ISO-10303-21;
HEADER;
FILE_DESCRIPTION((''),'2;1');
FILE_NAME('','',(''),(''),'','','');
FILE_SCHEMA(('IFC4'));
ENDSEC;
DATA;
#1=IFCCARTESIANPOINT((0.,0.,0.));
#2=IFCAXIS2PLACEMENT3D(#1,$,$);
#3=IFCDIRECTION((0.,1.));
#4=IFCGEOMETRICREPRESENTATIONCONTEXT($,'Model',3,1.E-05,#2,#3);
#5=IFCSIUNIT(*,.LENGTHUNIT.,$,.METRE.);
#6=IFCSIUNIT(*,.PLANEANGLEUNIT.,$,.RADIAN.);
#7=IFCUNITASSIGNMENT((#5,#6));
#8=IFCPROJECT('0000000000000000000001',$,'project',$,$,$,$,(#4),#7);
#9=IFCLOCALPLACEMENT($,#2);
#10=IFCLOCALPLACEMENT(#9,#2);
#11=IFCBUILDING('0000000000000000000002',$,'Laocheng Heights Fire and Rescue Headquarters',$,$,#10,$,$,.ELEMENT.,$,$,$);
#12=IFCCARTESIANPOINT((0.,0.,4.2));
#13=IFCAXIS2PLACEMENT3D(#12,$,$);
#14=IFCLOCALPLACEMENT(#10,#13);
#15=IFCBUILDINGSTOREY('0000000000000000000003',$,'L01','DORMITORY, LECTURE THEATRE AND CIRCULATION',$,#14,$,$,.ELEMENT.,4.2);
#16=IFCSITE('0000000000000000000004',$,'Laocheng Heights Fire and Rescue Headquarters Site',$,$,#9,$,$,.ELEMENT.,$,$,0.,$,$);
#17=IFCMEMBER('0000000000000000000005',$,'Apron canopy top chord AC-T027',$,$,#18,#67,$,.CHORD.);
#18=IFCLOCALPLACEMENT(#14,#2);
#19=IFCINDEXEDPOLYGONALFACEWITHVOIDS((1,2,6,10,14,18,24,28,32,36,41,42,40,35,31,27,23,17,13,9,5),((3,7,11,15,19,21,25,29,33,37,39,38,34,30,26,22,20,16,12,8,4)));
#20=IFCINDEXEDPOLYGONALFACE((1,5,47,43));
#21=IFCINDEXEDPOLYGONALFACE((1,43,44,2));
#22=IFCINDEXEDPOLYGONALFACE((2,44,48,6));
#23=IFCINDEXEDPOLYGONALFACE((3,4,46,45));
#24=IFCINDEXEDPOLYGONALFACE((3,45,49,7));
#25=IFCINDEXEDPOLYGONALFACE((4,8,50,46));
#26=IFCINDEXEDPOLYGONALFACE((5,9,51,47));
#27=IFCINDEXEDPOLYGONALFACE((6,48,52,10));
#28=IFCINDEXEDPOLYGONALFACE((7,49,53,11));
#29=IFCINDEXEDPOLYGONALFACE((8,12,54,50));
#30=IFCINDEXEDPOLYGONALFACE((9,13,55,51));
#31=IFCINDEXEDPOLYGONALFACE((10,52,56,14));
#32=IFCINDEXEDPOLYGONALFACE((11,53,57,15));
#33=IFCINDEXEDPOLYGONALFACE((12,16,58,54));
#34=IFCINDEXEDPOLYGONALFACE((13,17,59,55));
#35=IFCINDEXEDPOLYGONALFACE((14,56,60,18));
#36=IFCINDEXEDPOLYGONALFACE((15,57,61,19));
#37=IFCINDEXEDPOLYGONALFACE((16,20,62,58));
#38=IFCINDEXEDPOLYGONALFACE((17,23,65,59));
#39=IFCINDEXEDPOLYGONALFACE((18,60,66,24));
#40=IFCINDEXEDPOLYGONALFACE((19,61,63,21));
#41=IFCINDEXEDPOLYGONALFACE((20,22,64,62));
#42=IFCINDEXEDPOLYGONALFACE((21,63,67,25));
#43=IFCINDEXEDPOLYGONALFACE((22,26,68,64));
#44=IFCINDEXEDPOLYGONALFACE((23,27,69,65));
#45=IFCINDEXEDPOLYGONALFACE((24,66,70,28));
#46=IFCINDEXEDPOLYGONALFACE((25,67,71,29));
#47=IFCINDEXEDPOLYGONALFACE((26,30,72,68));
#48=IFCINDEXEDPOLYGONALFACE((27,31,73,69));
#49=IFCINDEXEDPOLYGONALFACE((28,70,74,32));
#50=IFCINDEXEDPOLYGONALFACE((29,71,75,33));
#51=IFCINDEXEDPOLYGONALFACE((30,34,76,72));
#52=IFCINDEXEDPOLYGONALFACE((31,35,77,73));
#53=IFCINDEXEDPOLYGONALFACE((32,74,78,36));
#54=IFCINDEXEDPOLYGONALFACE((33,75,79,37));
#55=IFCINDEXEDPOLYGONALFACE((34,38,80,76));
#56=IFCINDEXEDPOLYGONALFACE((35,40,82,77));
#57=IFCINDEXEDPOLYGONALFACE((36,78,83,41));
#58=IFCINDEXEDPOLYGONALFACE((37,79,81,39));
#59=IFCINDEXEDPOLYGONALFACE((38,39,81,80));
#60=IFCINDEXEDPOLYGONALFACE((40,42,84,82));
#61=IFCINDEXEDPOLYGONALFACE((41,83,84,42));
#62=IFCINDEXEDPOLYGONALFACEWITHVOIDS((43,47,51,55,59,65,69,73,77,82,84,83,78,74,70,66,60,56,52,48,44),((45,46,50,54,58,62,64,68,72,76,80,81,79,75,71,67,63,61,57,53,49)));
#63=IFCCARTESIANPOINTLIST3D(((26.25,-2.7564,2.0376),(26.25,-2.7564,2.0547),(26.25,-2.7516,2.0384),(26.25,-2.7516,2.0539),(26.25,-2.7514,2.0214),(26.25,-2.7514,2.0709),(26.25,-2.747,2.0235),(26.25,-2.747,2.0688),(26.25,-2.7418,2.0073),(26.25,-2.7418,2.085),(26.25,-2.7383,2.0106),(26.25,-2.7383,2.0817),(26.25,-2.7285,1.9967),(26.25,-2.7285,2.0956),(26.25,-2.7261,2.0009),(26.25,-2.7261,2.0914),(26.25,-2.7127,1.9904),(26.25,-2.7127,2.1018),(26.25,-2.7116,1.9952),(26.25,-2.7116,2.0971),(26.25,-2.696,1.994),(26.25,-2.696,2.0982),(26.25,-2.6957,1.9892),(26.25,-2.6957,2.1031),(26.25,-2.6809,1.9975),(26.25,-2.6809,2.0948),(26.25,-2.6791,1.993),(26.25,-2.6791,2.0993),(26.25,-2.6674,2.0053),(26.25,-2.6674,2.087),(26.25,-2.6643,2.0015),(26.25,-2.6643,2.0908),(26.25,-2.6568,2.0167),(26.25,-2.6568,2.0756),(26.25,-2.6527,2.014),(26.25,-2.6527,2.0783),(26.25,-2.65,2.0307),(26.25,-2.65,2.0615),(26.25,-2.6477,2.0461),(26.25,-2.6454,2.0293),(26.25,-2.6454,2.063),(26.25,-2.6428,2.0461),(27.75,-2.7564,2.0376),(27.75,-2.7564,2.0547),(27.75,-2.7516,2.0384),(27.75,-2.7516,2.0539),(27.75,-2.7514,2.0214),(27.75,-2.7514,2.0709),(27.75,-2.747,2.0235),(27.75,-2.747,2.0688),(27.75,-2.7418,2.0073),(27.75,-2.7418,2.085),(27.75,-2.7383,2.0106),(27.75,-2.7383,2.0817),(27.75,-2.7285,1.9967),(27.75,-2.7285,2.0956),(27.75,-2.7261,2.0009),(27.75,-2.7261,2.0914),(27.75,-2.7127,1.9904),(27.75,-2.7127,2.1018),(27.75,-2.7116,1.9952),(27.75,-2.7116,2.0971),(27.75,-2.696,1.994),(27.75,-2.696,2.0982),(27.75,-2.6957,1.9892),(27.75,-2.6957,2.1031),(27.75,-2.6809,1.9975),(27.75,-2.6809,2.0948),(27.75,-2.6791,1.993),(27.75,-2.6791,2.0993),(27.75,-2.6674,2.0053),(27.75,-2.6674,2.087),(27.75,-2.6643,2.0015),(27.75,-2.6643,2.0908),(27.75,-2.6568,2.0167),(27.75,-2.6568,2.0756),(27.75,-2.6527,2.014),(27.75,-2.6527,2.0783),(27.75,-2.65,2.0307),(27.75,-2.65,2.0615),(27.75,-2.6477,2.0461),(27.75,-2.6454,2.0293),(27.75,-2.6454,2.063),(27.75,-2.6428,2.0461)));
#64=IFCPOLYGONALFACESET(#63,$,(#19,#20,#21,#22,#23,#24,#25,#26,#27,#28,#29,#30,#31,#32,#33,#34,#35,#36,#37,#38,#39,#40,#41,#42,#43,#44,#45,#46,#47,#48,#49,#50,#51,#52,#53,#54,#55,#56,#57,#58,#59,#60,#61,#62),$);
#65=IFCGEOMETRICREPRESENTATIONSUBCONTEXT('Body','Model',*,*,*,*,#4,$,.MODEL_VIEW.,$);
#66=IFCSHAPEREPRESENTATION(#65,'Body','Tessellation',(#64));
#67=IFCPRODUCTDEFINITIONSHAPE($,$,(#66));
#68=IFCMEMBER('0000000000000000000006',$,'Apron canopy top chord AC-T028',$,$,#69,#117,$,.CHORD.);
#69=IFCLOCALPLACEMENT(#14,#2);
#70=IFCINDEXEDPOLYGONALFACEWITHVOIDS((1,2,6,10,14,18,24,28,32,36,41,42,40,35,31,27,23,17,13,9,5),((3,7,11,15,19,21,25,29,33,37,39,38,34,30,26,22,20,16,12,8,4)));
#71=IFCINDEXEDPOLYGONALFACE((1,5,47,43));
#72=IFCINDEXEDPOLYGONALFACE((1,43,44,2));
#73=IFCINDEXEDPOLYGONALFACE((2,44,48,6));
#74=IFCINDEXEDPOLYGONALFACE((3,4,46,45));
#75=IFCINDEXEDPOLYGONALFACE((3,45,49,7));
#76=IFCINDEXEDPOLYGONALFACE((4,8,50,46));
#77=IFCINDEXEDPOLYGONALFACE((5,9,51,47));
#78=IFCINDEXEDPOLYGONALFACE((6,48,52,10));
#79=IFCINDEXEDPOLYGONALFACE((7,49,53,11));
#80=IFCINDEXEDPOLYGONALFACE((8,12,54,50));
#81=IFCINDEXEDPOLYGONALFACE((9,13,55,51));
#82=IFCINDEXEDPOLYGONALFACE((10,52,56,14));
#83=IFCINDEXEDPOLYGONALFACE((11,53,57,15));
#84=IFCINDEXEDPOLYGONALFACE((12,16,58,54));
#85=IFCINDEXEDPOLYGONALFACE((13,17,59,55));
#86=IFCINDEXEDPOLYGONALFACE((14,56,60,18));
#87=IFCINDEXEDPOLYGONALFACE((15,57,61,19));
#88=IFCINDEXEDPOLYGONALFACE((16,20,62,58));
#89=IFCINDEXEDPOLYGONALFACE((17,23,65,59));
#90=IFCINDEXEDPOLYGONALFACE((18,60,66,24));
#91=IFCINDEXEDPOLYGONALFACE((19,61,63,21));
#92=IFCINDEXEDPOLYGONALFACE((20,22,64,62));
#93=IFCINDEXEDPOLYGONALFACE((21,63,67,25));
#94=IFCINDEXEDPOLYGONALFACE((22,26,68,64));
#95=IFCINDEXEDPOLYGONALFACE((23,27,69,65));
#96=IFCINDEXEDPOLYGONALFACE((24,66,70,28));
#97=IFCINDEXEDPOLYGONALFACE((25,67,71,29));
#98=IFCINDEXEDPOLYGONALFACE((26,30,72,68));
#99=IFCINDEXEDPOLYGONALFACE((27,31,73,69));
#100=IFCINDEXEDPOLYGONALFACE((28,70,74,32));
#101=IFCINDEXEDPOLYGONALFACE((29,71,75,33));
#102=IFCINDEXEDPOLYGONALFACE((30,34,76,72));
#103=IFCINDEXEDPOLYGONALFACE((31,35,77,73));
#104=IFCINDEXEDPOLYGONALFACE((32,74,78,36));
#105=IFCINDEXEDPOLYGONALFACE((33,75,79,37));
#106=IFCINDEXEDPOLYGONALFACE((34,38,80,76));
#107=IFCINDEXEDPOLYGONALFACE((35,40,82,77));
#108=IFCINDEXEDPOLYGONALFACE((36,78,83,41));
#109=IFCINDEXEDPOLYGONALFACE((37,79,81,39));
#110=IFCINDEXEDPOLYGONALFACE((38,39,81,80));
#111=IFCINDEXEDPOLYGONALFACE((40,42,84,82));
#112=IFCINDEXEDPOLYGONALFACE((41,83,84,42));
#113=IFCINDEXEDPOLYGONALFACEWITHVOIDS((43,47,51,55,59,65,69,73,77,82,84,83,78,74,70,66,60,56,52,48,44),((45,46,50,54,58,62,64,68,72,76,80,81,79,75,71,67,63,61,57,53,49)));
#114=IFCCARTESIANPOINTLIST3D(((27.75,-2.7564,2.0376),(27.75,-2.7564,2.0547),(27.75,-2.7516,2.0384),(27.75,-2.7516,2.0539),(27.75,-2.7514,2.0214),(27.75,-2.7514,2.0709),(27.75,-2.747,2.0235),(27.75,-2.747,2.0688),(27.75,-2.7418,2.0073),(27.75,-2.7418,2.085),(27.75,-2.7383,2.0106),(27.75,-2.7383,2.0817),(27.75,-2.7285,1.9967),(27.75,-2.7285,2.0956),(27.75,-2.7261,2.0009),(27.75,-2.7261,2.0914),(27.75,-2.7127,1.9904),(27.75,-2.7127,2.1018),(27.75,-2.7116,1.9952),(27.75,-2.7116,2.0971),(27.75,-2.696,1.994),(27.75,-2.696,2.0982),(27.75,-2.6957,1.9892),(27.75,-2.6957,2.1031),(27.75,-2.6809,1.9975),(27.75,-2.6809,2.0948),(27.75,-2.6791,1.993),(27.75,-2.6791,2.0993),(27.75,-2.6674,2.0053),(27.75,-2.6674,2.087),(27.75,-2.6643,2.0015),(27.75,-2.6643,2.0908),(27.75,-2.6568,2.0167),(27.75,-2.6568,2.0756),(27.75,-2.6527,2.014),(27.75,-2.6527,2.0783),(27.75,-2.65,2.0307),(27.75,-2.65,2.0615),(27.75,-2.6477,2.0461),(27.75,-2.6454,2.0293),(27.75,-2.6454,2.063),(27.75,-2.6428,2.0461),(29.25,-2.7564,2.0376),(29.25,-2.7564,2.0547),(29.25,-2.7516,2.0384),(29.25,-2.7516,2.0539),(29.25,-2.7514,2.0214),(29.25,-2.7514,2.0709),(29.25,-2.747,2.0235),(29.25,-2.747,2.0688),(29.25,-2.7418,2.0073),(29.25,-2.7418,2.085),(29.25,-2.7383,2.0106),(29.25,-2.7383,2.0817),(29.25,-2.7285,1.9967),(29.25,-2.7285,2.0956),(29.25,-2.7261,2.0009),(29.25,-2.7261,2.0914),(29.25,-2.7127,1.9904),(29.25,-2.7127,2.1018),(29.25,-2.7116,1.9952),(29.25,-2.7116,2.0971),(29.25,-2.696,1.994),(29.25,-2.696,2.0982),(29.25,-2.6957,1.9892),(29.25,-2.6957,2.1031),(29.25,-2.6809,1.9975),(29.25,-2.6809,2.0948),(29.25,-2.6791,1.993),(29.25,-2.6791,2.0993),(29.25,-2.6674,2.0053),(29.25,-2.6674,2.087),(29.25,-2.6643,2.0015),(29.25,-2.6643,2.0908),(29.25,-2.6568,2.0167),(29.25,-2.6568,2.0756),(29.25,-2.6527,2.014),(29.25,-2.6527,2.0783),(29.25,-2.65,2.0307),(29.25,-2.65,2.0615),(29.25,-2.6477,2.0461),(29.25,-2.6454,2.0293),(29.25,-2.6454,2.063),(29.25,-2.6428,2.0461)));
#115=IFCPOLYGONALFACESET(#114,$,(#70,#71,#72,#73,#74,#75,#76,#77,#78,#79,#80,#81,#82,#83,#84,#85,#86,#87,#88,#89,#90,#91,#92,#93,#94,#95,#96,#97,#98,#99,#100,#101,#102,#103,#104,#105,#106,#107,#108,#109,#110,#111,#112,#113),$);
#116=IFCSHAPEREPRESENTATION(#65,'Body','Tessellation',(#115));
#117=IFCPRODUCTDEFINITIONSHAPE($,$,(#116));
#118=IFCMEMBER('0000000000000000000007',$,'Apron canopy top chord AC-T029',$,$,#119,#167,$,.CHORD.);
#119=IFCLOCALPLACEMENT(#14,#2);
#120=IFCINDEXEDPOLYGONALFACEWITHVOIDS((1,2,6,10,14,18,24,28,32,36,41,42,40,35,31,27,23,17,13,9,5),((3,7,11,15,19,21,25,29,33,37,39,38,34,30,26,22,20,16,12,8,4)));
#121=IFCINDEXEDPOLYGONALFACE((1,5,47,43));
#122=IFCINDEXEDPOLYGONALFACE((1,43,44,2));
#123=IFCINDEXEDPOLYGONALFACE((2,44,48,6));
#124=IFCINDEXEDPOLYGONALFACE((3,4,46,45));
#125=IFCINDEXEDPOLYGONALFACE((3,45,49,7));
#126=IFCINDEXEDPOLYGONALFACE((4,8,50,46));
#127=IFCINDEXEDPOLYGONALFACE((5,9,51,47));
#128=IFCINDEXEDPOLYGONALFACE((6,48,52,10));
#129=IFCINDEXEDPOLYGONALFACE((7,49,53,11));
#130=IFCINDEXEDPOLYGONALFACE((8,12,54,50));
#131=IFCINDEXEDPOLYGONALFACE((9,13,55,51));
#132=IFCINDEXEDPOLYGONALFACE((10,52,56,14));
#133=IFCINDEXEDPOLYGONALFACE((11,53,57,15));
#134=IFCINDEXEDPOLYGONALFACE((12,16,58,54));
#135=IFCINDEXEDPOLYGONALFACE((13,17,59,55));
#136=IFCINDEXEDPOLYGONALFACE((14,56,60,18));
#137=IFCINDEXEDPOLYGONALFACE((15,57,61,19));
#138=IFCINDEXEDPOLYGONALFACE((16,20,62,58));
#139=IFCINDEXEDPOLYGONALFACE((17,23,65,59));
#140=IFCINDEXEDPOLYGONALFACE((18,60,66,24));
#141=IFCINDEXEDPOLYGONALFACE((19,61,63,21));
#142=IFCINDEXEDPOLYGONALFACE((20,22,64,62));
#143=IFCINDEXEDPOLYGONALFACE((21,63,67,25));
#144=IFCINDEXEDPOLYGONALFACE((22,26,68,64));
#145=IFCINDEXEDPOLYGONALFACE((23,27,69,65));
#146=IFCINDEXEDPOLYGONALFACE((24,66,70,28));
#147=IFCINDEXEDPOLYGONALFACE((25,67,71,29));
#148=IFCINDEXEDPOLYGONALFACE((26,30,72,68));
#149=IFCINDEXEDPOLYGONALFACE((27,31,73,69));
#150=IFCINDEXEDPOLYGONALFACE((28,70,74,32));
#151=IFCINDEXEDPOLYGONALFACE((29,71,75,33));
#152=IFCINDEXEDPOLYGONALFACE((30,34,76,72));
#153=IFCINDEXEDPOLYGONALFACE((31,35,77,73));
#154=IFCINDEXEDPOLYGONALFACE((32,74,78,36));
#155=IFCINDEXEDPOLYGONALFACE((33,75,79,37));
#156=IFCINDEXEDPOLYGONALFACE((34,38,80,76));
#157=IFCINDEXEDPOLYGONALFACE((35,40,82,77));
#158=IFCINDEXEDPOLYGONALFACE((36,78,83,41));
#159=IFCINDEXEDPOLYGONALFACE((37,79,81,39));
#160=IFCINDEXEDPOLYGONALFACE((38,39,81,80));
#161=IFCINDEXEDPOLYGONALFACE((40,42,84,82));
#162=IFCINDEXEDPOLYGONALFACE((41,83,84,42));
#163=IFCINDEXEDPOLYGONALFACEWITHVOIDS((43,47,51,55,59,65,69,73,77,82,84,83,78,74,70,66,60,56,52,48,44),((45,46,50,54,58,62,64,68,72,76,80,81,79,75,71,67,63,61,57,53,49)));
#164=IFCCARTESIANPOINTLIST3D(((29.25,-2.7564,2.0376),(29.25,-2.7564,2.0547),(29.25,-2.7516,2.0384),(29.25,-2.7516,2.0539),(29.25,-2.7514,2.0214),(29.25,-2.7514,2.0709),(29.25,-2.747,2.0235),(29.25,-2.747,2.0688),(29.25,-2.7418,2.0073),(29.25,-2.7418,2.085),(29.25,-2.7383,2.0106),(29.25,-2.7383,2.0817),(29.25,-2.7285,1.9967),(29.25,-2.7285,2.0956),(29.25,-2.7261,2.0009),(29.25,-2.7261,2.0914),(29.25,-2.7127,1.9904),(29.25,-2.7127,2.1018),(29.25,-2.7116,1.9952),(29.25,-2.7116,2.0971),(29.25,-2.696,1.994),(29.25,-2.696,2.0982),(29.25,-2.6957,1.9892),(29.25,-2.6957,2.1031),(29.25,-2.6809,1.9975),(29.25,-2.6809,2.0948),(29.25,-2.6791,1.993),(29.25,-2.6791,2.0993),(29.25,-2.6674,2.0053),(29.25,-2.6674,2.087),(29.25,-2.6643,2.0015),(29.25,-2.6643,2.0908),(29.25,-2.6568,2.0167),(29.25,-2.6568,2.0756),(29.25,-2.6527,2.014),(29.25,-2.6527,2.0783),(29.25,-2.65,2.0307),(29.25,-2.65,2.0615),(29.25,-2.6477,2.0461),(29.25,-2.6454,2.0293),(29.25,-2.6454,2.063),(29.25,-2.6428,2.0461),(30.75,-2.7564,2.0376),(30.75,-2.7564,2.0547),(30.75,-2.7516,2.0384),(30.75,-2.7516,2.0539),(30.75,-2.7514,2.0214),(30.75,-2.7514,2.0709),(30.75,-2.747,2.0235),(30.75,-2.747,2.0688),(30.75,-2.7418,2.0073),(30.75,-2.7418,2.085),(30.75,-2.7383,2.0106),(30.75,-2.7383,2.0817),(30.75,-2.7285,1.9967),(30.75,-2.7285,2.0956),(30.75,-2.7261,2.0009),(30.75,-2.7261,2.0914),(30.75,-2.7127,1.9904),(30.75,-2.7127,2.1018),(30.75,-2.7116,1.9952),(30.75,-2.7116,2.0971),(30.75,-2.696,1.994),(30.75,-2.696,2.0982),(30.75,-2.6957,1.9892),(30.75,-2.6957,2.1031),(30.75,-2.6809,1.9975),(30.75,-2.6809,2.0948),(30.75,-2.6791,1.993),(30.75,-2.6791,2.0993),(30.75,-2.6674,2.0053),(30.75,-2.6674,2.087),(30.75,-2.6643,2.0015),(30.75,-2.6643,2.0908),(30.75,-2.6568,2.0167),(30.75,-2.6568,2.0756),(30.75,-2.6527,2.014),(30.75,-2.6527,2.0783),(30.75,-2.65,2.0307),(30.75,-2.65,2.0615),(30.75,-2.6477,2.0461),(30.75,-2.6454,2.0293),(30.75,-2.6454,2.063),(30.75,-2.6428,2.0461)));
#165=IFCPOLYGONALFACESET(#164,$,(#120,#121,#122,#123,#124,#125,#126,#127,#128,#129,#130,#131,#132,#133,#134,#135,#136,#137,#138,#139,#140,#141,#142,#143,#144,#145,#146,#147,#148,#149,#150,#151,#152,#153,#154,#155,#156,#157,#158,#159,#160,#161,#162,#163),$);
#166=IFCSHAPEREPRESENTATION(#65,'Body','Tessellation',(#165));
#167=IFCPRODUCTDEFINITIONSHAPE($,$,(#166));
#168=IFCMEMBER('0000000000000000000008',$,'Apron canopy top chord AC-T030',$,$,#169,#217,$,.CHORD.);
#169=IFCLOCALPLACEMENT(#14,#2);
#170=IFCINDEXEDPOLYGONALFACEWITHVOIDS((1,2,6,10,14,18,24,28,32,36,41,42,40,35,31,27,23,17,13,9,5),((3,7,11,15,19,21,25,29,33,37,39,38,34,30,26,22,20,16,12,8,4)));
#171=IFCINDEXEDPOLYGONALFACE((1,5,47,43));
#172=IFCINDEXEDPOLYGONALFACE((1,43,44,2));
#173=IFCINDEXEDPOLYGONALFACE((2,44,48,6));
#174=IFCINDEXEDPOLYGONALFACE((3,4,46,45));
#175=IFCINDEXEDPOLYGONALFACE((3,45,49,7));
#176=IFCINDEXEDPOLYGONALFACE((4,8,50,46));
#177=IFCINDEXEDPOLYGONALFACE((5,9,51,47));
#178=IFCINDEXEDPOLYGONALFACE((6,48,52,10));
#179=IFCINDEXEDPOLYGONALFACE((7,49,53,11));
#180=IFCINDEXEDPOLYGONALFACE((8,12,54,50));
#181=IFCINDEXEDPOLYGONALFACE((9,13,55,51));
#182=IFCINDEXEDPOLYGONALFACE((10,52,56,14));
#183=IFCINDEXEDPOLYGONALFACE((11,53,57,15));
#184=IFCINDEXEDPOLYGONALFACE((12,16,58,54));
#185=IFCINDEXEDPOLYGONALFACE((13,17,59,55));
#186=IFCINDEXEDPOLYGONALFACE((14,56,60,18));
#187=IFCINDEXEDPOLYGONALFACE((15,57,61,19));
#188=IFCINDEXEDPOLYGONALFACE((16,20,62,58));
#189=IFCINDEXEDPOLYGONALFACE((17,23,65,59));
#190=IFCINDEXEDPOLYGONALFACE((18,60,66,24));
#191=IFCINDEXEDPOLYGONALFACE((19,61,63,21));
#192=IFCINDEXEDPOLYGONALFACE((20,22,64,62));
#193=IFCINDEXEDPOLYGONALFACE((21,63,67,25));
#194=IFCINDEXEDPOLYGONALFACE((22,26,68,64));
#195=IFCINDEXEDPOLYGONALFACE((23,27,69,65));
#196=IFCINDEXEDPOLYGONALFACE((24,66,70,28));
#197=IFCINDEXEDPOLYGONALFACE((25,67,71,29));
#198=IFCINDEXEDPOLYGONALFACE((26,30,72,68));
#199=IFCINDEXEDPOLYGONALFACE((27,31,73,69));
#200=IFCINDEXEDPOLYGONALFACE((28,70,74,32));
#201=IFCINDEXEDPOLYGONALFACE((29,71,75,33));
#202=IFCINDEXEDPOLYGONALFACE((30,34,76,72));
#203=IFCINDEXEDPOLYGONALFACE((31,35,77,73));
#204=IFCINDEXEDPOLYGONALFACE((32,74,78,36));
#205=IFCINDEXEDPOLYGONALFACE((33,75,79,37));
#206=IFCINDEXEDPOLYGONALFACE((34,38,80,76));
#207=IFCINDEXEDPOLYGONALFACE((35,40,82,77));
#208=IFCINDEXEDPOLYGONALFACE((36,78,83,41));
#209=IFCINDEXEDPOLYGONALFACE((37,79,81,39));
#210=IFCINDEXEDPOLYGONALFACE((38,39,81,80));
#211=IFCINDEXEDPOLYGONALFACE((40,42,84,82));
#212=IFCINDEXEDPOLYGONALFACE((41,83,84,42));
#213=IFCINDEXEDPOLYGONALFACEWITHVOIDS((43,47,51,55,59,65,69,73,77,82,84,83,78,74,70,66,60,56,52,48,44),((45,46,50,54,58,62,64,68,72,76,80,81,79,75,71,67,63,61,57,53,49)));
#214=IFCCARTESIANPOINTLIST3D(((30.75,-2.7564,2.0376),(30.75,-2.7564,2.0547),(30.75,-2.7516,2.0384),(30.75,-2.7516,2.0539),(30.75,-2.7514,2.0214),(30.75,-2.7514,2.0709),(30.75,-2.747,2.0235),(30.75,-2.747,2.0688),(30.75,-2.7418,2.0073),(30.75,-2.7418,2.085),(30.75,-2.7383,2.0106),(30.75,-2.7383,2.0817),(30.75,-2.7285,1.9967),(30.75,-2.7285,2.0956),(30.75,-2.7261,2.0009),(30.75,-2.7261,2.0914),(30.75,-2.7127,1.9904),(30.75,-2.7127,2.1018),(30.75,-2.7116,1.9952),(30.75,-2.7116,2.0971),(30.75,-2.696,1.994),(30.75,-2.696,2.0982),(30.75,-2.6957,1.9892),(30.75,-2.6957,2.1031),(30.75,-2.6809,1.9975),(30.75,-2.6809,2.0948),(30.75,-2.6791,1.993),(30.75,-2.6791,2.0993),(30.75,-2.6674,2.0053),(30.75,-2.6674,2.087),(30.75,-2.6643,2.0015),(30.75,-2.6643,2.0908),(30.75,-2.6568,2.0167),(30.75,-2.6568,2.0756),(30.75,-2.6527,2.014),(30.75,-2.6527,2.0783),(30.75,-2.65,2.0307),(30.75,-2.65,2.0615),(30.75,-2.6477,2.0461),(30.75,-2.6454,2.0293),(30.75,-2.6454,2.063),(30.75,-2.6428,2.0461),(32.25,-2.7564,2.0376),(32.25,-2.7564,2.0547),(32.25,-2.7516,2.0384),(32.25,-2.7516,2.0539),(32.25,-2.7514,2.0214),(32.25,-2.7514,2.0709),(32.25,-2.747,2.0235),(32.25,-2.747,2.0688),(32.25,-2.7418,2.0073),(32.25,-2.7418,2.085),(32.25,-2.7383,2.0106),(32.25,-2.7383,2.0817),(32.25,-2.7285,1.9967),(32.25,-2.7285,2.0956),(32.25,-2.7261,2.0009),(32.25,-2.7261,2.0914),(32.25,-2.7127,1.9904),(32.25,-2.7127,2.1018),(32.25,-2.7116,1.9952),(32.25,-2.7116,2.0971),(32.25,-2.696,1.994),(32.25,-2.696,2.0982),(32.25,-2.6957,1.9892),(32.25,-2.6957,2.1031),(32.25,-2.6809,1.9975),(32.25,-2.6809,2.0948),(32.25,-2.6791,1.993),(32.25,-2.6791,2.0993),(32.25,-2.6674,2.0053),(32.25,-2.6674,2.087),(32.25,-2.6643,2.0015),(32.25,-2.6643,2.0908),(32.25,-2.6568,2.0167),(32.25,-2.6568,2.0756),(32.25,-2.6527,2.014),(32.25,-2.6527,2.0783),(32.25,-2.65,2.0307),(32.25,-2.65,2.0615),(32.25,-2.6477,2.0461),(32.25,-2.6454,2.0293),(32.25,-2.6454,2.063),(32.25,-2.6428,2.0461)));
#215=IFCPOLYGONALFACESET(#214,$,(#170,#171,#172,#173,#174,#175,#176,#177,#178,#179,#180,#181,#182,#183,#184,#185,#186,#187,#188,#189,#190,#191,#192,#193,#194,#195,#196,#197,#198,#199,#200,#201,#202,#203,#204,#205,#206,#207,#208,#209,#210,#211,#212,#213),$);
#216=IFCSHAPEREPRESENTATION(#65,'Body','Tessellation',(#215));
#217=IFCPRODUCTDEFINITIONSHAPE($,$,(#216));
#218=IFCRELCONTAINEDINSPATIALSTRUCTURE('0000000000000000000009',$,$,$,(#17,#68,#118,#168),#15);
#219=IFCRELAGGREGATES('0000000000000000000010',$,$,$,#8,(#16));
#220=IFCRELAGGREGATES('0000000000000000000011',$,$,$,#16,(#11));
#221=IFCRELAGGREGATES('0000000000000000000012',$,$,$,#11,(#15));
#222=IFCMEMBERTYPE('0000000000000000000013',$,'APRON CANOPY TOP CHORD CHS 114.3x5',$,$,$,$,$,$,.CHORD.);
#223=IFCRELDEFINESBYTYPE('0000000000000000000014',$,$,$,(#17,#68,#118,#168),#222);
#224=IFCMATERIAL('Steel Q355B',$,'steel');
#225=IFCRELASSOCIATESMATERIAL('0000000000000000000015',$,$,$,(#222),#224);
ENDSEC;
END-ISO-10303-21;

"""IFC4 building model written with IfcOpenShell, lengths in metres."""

from ifc_helpers import new_model, si_unit, direction, frame, origin, origin_2d, place, context, subcontext, project, spatial, hollow_circle, extrude, material, material_profile, profile_set, type_object, element, save


model = new_model("IFC4")

# Units and contexts
model_context = context("Model", 3, precision=1e-05, world=origin(), true_north=direction((0.0, 1.0)))
body_context = subcontext(model_context, "Body", "Model", "MODEL_VIEW")
ifc_project = project(units=[si_unit("LENGTHUNIT", "METRE"), si_unit("PLANEANGLEUNIT", "RADIAN")], contexts=[model_context])

# Site, building, storey
site_placement = place(None, origin())
site = spatial("IfcSite", under=ifc_project, at=site_placement, Name="Laocheng Heights Fire and Rescue Headquarters Site", CompositionType="ELEMENT", RefElevation=0.0)
building_placement = place(site_placement, origin())
building = spatial("IfcBuilding", under=site, at=building_placement, Name="Laocheng Heights Fire and Rescue Headquarters", CompositionType="ELEMENT")
storey_placement = place(building_placement, frame((0.0, 0.0, 4.2)))
storey = spatial("IfcBuildingStorey", under=building, at=storey_placement, Name="L01", Description="DORMITORY, LECTURE THEATRE AND CIRCULATION", CompositionType="ELEMENT", Elevation=4.2)

# Members
ifc_material_1 = material(Name="Steel Q355B", Category="steel")
ifc_material_profile_1 = material_profile(ifc_material_1, hollow_circle(Radius=0.0571, WallThickness=0.0049, at=origin_2d()), Name="CHS 114.3x5")
ifc_profile_set_1 = profile_set([ifc_material_profile_1], Name="Steel Q355B")
member_type = type_object("IfcMemberType", Name="APRON CANOPY TOP CHORD CHS 114.3x5", PredefinedType="CHORD", material=ifc_profile_set_1)
for number, where, z_axis, x_axis, name in (
    (1, (26.25, -2.7, 2.0461), (1.0, 0.0, 0.0), (0.0, 1.0, 0.0), "Apron canopy top chord AC-T027"),
    (2, (27.75, -2.7, 2.0461), (1.0, 0.0, 0.0), (0.0, 1.0, 0.0), "Apron canopy top chord AC-T028"),
    (3, (29.25, -2.7, 2.0461), (1.0, 0.0, 0.0), (0.0, 1.0, 0.0), "Apron canopy top chord AC-T029"),
    (4, (30.75, -2.7, 2.0461), (1.0, 0.0, 0.0), (0.0, 1.0, 0.0), "Apron canopy top chord AC-T030"),
):
    element("IfcMember", number, at=place(storey_placement, frame(where, z_axis=z_axis, x_axis=x_axis)), inside=storey, type_object=member_type, Name=name, PredefinedType="CHORD", context=body_context, shape_type="SweptSolid", body=[
        extrude(hollow_circle(Radius=0.0571, WallThickness=0.0049, at=origin_2d()), origin(), (0.0, 0.0, 1.0), 1.5),
    ])

save(model, "model.ifc")
